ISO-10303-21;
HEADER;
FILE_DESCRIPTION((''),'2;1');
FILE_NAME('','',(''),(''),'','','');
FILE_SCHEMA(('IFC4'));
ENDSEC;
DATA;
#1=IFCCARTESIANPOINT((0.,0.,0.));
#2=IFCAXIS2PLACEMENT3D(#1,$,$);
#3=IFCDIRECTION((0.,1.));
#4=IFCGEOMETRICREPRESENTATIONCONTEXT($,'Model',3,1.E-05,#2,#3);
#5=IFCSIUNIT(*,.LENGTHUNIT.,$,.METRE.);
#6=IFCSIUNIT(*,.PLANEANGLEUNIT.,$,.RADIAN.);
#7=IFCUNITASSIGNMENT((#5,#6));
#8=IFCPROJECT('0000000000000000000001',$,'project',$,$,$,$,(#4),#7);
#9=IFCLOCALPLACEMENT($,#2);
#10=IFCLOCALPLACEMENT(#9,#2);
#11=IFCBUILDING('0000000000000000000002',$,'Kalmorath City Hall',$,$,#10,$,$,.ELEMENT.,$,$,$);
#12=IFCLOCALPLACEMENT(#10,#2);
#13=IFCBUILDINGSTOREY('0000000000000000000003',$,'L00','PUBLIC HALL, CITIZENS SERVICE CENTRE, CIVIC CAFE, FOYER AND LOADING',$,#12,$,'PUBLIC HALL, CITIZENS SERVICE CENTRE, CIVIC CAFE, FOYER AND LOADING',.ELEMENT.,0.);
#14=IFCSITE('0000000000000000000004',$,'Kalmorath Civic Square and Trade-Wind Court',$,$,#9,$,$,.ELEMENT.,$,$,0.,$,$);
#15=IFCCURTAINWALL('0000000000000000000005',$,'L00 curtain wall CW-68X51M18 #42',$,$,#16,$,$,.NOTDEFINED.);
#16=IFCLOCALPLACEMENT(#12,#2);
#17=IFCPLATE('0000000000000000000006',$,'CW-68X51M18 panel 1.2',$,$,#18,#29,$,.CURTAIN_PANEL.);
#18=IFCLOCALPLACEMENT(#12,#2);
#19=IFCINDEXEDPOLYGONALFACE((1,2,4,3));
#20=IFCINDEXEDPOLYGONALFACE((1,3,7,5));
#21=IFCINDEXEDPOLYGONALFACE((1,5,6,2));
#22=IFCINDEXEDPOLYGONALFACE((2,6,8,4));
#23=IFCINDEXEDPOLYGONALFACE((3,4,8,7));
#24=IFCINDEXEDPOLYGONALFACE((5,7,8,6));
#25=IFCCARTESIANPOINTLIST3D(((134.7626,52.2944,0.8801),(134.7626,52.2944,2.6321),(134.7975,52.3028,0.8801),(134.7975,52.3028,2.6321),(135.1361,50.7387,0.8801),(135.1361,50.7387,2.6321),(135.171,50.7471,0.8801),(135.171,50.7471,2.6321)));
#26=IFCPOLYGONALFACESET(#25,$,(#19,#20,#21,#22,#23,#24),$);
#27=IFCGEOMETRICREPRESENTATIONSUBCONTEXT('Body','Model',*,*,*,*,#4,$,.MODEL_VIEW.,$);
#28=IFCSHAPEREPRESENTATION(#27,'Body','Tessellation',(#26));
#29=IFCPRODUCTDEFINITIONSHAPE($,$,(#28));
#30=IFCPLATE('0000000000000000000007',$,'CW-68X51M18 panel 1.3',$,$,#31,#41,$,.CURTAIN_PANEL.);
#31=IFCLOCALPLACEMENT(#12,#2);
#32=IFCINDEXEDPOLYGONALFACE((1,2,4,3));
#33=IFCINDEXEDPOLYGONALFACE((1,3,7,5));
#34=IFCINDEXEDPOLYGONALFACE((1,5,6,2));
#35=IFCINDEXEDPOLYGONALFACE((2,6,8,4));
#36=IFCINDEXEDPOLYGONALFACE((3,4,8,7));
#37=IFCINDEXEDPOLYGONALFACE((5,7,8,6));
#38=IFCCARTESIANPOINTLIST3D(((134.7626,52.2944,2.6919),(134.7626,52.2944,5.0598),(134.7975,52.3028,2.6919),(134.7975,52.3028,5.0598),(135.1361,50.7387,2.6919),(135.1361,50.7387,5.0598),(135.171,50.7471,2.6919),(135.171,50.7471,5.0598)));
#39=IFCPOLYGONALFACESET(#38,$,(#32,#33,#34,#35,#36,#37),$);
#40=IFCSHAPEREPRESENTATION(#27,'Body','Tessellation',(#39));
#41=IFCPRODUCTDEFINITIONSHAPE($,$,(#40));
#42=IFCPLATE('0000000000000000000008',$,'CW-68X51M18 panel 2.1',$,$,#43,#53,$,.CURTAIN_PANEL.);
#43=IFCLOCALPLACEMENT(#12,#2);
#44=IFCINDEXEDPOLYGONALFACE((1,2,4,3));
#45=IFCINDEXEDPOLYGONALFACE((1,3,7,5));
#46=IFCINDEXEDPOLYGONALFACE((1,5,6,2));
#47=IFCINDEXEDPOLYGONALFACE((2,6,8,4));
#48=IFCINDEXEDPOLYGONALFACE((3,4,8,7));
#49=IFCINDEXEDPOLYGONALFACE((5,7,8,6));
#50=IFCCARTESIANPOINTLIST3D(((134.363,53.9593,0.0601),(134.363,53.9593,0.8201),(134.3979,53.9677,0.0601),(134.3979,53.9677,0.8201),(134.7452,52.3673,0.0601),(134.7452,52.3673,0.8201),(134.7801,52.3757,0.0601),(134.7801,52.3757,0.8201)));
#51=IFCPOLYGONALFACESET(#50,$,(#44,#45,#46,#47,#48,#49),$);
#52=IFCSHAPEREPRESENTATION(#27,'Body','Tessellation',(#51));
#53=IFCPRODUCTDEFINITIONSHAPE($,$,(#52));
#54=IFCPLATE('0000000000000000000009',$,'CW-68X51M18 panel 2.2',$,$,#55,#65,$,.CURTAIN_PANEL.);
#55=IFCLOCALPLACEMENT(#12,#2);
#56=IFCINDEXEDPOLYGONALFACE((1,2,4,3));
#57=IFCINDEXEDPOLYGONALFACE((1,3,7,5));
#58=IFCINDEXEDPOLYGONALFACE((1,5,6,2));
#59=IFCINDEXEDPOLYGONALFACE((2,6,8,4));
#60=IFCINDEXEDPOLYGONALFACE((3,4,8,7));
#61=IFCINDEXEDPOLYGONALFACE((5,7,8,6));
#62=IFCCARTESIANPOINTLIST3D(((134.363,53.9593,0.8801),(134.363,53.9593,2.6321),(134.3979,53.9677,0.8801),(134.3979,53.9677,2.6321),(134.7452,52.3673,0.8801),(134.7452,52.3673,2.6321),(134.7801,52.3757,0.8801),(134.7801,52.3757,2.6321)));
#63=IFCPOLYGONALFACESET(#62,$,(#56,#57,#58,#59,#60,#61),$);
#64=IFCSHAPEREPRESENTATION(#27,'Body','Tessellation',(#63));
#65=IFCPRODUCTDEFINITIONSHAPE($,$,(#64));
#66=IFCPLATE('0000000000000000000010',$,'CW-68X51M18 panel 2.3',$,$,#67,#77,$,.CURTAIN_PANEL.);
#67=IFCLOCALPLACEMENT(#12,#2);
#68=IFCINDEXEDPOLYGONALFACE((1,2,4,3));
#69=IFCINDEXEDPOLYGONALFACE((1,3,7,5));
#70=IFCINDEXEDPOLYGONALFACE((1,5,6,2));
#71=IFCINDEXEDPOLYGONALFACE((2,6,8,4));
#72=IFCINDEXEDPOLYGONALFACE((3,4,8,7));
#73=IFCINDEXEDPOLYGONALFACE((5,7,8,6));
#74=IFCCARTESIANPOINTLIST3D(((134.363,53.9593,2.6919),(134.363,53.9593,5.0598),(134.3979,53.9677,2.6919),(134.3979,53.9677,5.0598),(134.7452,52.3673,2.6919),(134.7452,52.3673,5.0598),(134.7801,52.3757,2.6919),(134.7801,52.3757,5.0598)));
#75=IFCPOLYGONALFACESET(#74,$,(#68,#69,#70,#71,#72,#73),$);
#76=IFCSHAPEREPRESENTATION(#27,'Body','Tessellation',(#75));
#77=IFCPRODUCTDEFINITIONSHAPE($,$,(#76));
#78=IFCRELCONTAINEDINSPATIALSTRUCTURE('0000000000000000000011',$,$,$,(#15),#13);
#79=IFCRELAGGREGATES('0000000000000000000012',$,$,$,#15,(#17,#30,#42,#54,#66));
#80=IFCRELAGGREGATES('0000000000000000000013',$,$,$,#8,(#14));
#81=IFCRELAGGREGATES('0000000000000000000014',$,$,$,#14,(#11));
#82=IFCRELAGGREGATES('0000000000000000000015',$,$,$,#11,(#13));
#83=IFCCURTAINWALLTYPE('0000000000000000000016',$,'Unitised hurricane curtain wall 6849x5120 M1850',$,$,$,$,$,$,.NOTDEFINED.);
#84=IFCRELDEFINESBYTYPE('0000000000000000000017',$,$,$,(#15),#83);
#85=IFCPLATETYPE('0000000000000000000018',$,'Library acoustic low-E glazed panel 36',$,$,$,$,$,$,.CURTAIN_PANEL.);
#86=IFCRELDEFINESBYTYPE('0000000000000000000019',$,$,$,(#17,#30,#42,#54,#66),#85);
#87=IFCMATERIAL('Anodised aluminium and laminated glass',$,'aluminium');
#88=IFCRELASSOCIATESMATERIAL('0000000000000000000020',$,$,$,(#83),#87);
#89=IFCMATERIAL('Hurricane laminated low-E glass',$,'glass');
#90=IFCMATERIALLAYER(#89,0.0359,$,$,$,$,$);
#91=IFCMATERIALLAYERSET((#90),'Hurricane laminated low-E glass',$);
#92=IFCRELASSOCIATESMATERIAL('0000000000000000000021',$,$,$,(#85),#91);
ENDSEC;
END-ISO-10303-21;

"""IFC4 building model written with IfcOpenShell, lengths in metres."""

from ifc_helpers import new_model, si_unit, direction, frame, origin, origin_2d, place, context, subcontext, project, spatial, rectangle, extrude, material, layer, layer_set, type_object, element, aggregate, save


model = new_model("IFC4")

# Units and contexts
model_context = context("Model", 3, precision=1e-05, world=origin(), true_north=direction((0.0, 1.0)))
body_context = subcontext(model_context, "Body", "Model", "MODEL_VIEW")
ifc_project = project(units=[si_unit("LENGTHUNIT", "METRE"), si_unit("PLANEANGLEUNIT", "RADIAN")], contexts=[model_context])

# Site, building, storey
site_placement = place(None, origin())
site = spatial("IfcSite", under=ifc_project, at=site_placement, Name="Kalmorath Civic Square and Trade-Wind Court", CompositionType="ELEMENT", RefElevation=0.0)
building_placement = place(site_placement, origin())
building = spatial("IfcBuilding", under=site, at=building_placement, Name="Kalmorath City Hall", CompositionType="ELEMENT")
storey_placement = place(building_placement, origin())
storey = spatial("IfcBuildingStorey", under=building, at=storey_placement, Name="L00", Description="PUBLIC HALL, CITIZENS SERVICE CENTRE, CIVIC CAFE, FOYER AND LOADING", LongName="PUBLIC HALL, CITIZENS SERVICE CENTRE, CIVIC CAFE, FOYER AND LOADING", CompositionType="ELEMENT", Elevation=0.0)

# Curtain wall
ifc_material_1 = material(Name="Anodised aluminium and laminated glass", Category="aluminium")
curtain_wall_type_1 = type_object("IfcCurtainWallType", Name="Unitised hurricane curtain wall 6849x5120 M1850", PredefinedType="NOTDEFINED", material=ifc_material_1)
curtain_wall_1_placement = place(storey_placement, origin())
curtain_wall_1 = element("IfcCurtainWall", 1, at=curtain_wall_1_placement, inside=storey, type_object=curtain_wall_type_1, Name="L00 curtain wall CW-68X51M18 #42", PredefinedType="NOTDEFINED")

# Plates
ifc_material_2 = material(Name="Hurricane laminated low-E glass", Category="glass")
ifc_layer = layer(ifc_material_2, 0.0359)
ifc_layer_set = layer_set([ifc_layer], Name="Hurricane laminated low-E glass")
plate_type = type_object("IfcPlateType", Name="Library acoustic low-E glazed panel 36", PredefinedType="CURTAIN_PANEL", material=ifc_layer_set)
plate_1_placement = place(storey_placement, frame((134.9668, 51.5208, 0.8801), z_axis=(0.0, 0.0, 1.0), x_axis=(-0.233456, 0.972367, 0.0)))
plate_1 = element("IfcPlate", 2, at=plate_1_placement, type_object=plate_type, Name="CW-68X51M18 panel 1.2", PredefinedType="CURTAIN_PANEL", context=body_context, shape_type="SweptSolid", body=[
    extrude(rectangle(XDim=1.5999, YDim=0.0359, at=origin_2d()), origin(), (0.0, 0.0, 1.0), 1.752),
])
plate_2_placement = place(storey_placement, frame((134.9668, 51.5208, 2.6919), z_axis=(0.0, 0.0, 1.0), x_axis=(-0.233456, 0.972367, 0.0)))
plate_2 = element("IfcPlate", 3, at=plate_2_placement, type_object=plate_type, Name="CW-68X51M18 panel 1.3", PredefinedType="CURTAIN_PANEL", context=body_context, shape_type="SweptSolid", body=[
    extrude(rectangle(XDim=1.5999, YDim=0.0359, at=origin_2d()), origin(), (0.0, 0.0, 1.0), 2.3679),
])
plate_3_placement = place(storey_placement, frame((134.5715, 53.1675, 0.0601), z_axis=(0.0, 0.0, 1.0), x_axis=(-0.233456, 0.972367, 0.0)))
plate_3 = element("IfcPlate", 4, at=plate_3_placement, type_object=plate_type, Name="CW-68X51M18 panel 2.1", PredefinedType="CURTAIN_PANEL", context=body_context, shape_type="SweptSolid", body=[
    extrude(rectangle(XDim=1.6372, YDim=0.0359, at=origin_2d()), origin(), (0.0, 0.0, 1.0), 0.76),
])
plate_4_placement = place(storey_placement, frame((134.5715, 53.1675, 0.8801), z_axis=(0.0, 0.0, 1.0), x_axis=(-0.233456, 0.972367, 0.0)))
plate_4 = element("IfcPlate", 5, at=plate_4_placement, type_object=plate_type, Name="CW-68X51M18 panel 2.2", PredefinedType="CURTAIN_PANEL", context=body_context, shape_type="SweptSolid", body=[
    extrude(rectangle(XDim=1.6372, YDim=0.0359, at=origin_2d()), origin(), (0.0, 0.0, 1.0), 1.752),
])
plate_5_placement = place(storey_placement, frame((134.5715, 53.1675, 2.6919), z_axis=(0.0, 0.0, 1.0), x_axis=(-0.233456, 0.972367, 0.0)))
plate_5 = element("IfcPlate", 6, at=plate_5_placement, type_object=plate_type, Name="CW-68X51M18 panel 2.3", PredefinedType="CURTAIN_PANEL", context=body_context, shape_type="SweptSolid", body=[
    extrude(rectangle(XDim=1.6372, YDim=0.0359, at=origin_2d()), origin(), (0.0, 0.0, 1.0), 2.3679),
])
aggregate(curtain_wall_1, [plate_1, plate_2, plate_3, plate_4, plate_5])

save(model, "model.ifc")
